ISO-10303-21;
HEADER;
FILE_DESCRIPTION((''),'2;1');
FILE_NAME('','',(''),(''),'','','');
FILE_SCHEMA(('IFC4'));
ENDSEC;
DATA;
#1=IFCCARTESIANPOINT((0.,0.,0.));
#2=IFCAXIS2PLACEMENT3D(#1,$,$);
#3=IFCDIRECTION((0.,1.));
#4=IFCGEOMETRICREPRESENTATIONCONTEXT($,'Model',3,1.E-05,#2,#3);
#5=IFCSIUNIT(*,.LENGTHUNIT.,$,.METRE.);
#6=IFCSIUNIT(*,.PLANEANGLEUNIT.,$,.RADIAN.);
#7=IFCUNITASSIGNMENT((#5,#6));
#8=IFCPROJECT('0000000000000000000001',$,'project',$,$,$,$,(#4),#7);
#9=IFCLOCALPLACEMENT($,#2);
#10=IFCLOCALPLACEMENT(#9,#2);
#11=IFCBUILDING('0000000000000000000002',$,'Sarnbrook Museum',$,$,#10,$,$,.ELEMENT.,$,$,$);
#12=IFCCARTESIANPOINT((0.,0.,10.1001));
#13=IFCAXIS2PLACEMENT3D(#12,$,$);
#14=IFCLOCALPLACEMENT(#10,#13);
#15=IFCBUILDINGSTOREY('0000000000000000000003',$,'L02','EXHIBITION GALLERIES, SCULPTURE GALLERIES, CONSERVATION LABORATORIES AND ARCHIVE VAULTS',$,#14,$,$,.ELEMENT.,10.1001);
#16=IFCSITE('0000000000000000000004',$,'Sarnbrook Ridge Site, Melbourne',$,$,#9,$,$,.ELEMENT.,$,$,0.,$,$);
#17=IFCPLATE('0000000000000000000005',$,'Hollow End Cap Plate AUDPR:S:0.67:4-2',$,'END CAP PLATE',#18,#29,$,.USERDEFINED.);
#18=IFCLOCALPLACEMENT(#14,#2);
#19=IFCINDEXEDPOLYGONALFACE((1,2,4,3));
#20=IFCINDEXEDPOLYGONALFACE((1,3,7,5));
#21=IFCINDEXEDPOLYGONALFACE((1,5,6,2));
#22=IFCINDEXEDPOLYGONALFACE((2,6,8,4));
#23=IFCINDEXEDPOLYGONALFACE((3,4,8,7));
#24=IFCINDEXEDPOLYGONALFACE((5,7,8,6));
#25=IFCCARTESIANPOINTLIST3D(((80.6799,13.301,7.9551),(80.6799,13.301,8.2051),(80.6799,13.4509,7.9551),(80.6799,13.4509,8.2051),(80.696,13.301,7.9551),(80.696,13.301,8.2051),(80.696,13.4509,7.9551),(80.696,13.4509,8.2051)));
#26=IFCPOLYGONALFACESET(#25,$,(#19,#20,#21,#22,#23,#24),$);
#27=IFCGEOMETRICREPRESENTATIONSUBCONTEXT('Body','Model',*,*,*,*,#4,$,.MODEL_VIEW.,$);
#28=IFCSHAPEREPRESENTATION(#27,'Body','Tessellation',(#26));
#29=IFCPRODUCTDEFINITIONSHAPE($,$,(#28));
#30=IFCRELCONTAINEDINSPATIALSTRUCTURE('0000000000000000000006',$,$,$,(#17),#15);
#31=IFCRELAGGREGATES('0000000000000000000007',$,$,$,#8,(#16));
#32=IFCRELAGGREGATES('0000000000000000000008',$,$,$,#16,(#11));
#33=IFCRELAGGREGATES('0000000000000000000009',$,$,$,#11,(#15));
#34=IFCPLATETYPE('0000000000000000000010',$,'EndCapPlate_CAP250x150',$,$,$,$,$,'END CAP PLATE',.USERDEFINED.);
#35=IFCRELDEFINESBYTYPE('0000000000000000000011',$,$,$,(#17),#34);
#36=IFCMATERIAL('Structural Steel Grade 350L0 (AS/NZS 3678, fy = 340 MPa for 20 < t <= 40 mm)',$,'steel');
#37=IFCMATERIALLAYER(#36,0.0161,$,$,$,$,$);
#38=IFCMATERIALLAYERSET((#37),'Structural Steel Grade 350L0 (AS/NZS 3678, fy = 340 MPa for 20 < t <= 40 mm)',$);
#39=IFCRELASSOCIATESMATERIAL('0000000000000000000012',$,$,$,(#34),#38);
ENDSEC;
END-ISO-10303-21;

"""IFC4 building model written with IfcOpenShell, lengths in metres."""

from ifc_helpers import new_model, si_unit, direction, frame, origin, origin_2d, place, context, subcontext, project, spatial, rectangle, extrude, material, layer, layer_set, type_object, element, save


model = new_model("IFC4")

# Units and contexts
model_context = context("Model", 3, precision=1e-05, world=origin(), true_north=direction((0.0, 1.0)))
body_context = subcontext(model_context, "Body", "Model", "MODEL_VIEW")
ifc_project = project(units=[si_unit("LENGTHUNIT", "METRE"), si_unit("PLANEANGLEUNIT", "RADIAN")], contexts=[model_context])

# Site, building, storey
site_placement = place(None, origin())
site = spatial("IfcSite", under=ifc_project, at=site_placement, Name="Sarnbrook Ridge Site, Melbourne", CompositionType="ELEMENT", RefElevation=0.0)
building_placement = place(site_placement, origin())
building = spatial("IfcBuilding", under=site, at=building_placement, Name="Sarnbrook Museum", CompositionType="ELEMENT")
storey_placement = place(building_placement, frame((0.0, 0.0, 10.1001)))
storey = spatial("IfcBuildingStorey", under=building, at=storey_placement, Name="L02", Description="EXHIBITION GALLERIES, SCULPTURE GALLERIES, CONSERVATION LABORATORIES AND ARCHIVE VAULTS", CompositionType="ELEMENT", Elevation=10.1001)

# Shared definitions
ifc_material_1 = material(Name="Structural Steel Grade 350L0 (AS/NZS 3678, fy = 340 MPa for 20 < t <= 40 mm)", Category="steel")

# Plate
ifc_layer_1 = layer(ifc_material_1, 0.0161)
ifc_layer_set_1 = layer_set([ifc_layer_1], Name="Structural Steel Grade 350L0 (AS/NZS 3678, fy = 340 MPa for 20 < t <= 40 mm)")
plate_type_1 = type_object("IfcPlateType", Name="EndCapPlate_CAP250x150", ElementType="END CAP PLATE", PredefinedType="USERDEFINED", material=ifc_layer_set_1)
for number, where, z_axis, x_axis, name in (
    (1, (80.6799, 13.376, 8.0801), (1.0, 0.0, 0.0), (0.0, 1.0, 0.0), "Hollow End Cap Plate AUDPR:S:0.67:4-2"),
):
    element("IfcPlate", number, at=place(storey_placement, frame(where, z_axis=z_axis, x_axis=x_axis)), inside=storey, type_object=plate_type_1, Name=name, ObjectType="END CAP PLATE", PredefinedType="USERDEFINED", context=body_context, shape_type="SweptSolid", body=[
        extrude(rectangle(XDim=0.1499, YDim=0.25, at=origin_2d()), origin(), (0.0, 0.0, 1.0), 0.0161),
    ])

save(model, "model.ifc")
